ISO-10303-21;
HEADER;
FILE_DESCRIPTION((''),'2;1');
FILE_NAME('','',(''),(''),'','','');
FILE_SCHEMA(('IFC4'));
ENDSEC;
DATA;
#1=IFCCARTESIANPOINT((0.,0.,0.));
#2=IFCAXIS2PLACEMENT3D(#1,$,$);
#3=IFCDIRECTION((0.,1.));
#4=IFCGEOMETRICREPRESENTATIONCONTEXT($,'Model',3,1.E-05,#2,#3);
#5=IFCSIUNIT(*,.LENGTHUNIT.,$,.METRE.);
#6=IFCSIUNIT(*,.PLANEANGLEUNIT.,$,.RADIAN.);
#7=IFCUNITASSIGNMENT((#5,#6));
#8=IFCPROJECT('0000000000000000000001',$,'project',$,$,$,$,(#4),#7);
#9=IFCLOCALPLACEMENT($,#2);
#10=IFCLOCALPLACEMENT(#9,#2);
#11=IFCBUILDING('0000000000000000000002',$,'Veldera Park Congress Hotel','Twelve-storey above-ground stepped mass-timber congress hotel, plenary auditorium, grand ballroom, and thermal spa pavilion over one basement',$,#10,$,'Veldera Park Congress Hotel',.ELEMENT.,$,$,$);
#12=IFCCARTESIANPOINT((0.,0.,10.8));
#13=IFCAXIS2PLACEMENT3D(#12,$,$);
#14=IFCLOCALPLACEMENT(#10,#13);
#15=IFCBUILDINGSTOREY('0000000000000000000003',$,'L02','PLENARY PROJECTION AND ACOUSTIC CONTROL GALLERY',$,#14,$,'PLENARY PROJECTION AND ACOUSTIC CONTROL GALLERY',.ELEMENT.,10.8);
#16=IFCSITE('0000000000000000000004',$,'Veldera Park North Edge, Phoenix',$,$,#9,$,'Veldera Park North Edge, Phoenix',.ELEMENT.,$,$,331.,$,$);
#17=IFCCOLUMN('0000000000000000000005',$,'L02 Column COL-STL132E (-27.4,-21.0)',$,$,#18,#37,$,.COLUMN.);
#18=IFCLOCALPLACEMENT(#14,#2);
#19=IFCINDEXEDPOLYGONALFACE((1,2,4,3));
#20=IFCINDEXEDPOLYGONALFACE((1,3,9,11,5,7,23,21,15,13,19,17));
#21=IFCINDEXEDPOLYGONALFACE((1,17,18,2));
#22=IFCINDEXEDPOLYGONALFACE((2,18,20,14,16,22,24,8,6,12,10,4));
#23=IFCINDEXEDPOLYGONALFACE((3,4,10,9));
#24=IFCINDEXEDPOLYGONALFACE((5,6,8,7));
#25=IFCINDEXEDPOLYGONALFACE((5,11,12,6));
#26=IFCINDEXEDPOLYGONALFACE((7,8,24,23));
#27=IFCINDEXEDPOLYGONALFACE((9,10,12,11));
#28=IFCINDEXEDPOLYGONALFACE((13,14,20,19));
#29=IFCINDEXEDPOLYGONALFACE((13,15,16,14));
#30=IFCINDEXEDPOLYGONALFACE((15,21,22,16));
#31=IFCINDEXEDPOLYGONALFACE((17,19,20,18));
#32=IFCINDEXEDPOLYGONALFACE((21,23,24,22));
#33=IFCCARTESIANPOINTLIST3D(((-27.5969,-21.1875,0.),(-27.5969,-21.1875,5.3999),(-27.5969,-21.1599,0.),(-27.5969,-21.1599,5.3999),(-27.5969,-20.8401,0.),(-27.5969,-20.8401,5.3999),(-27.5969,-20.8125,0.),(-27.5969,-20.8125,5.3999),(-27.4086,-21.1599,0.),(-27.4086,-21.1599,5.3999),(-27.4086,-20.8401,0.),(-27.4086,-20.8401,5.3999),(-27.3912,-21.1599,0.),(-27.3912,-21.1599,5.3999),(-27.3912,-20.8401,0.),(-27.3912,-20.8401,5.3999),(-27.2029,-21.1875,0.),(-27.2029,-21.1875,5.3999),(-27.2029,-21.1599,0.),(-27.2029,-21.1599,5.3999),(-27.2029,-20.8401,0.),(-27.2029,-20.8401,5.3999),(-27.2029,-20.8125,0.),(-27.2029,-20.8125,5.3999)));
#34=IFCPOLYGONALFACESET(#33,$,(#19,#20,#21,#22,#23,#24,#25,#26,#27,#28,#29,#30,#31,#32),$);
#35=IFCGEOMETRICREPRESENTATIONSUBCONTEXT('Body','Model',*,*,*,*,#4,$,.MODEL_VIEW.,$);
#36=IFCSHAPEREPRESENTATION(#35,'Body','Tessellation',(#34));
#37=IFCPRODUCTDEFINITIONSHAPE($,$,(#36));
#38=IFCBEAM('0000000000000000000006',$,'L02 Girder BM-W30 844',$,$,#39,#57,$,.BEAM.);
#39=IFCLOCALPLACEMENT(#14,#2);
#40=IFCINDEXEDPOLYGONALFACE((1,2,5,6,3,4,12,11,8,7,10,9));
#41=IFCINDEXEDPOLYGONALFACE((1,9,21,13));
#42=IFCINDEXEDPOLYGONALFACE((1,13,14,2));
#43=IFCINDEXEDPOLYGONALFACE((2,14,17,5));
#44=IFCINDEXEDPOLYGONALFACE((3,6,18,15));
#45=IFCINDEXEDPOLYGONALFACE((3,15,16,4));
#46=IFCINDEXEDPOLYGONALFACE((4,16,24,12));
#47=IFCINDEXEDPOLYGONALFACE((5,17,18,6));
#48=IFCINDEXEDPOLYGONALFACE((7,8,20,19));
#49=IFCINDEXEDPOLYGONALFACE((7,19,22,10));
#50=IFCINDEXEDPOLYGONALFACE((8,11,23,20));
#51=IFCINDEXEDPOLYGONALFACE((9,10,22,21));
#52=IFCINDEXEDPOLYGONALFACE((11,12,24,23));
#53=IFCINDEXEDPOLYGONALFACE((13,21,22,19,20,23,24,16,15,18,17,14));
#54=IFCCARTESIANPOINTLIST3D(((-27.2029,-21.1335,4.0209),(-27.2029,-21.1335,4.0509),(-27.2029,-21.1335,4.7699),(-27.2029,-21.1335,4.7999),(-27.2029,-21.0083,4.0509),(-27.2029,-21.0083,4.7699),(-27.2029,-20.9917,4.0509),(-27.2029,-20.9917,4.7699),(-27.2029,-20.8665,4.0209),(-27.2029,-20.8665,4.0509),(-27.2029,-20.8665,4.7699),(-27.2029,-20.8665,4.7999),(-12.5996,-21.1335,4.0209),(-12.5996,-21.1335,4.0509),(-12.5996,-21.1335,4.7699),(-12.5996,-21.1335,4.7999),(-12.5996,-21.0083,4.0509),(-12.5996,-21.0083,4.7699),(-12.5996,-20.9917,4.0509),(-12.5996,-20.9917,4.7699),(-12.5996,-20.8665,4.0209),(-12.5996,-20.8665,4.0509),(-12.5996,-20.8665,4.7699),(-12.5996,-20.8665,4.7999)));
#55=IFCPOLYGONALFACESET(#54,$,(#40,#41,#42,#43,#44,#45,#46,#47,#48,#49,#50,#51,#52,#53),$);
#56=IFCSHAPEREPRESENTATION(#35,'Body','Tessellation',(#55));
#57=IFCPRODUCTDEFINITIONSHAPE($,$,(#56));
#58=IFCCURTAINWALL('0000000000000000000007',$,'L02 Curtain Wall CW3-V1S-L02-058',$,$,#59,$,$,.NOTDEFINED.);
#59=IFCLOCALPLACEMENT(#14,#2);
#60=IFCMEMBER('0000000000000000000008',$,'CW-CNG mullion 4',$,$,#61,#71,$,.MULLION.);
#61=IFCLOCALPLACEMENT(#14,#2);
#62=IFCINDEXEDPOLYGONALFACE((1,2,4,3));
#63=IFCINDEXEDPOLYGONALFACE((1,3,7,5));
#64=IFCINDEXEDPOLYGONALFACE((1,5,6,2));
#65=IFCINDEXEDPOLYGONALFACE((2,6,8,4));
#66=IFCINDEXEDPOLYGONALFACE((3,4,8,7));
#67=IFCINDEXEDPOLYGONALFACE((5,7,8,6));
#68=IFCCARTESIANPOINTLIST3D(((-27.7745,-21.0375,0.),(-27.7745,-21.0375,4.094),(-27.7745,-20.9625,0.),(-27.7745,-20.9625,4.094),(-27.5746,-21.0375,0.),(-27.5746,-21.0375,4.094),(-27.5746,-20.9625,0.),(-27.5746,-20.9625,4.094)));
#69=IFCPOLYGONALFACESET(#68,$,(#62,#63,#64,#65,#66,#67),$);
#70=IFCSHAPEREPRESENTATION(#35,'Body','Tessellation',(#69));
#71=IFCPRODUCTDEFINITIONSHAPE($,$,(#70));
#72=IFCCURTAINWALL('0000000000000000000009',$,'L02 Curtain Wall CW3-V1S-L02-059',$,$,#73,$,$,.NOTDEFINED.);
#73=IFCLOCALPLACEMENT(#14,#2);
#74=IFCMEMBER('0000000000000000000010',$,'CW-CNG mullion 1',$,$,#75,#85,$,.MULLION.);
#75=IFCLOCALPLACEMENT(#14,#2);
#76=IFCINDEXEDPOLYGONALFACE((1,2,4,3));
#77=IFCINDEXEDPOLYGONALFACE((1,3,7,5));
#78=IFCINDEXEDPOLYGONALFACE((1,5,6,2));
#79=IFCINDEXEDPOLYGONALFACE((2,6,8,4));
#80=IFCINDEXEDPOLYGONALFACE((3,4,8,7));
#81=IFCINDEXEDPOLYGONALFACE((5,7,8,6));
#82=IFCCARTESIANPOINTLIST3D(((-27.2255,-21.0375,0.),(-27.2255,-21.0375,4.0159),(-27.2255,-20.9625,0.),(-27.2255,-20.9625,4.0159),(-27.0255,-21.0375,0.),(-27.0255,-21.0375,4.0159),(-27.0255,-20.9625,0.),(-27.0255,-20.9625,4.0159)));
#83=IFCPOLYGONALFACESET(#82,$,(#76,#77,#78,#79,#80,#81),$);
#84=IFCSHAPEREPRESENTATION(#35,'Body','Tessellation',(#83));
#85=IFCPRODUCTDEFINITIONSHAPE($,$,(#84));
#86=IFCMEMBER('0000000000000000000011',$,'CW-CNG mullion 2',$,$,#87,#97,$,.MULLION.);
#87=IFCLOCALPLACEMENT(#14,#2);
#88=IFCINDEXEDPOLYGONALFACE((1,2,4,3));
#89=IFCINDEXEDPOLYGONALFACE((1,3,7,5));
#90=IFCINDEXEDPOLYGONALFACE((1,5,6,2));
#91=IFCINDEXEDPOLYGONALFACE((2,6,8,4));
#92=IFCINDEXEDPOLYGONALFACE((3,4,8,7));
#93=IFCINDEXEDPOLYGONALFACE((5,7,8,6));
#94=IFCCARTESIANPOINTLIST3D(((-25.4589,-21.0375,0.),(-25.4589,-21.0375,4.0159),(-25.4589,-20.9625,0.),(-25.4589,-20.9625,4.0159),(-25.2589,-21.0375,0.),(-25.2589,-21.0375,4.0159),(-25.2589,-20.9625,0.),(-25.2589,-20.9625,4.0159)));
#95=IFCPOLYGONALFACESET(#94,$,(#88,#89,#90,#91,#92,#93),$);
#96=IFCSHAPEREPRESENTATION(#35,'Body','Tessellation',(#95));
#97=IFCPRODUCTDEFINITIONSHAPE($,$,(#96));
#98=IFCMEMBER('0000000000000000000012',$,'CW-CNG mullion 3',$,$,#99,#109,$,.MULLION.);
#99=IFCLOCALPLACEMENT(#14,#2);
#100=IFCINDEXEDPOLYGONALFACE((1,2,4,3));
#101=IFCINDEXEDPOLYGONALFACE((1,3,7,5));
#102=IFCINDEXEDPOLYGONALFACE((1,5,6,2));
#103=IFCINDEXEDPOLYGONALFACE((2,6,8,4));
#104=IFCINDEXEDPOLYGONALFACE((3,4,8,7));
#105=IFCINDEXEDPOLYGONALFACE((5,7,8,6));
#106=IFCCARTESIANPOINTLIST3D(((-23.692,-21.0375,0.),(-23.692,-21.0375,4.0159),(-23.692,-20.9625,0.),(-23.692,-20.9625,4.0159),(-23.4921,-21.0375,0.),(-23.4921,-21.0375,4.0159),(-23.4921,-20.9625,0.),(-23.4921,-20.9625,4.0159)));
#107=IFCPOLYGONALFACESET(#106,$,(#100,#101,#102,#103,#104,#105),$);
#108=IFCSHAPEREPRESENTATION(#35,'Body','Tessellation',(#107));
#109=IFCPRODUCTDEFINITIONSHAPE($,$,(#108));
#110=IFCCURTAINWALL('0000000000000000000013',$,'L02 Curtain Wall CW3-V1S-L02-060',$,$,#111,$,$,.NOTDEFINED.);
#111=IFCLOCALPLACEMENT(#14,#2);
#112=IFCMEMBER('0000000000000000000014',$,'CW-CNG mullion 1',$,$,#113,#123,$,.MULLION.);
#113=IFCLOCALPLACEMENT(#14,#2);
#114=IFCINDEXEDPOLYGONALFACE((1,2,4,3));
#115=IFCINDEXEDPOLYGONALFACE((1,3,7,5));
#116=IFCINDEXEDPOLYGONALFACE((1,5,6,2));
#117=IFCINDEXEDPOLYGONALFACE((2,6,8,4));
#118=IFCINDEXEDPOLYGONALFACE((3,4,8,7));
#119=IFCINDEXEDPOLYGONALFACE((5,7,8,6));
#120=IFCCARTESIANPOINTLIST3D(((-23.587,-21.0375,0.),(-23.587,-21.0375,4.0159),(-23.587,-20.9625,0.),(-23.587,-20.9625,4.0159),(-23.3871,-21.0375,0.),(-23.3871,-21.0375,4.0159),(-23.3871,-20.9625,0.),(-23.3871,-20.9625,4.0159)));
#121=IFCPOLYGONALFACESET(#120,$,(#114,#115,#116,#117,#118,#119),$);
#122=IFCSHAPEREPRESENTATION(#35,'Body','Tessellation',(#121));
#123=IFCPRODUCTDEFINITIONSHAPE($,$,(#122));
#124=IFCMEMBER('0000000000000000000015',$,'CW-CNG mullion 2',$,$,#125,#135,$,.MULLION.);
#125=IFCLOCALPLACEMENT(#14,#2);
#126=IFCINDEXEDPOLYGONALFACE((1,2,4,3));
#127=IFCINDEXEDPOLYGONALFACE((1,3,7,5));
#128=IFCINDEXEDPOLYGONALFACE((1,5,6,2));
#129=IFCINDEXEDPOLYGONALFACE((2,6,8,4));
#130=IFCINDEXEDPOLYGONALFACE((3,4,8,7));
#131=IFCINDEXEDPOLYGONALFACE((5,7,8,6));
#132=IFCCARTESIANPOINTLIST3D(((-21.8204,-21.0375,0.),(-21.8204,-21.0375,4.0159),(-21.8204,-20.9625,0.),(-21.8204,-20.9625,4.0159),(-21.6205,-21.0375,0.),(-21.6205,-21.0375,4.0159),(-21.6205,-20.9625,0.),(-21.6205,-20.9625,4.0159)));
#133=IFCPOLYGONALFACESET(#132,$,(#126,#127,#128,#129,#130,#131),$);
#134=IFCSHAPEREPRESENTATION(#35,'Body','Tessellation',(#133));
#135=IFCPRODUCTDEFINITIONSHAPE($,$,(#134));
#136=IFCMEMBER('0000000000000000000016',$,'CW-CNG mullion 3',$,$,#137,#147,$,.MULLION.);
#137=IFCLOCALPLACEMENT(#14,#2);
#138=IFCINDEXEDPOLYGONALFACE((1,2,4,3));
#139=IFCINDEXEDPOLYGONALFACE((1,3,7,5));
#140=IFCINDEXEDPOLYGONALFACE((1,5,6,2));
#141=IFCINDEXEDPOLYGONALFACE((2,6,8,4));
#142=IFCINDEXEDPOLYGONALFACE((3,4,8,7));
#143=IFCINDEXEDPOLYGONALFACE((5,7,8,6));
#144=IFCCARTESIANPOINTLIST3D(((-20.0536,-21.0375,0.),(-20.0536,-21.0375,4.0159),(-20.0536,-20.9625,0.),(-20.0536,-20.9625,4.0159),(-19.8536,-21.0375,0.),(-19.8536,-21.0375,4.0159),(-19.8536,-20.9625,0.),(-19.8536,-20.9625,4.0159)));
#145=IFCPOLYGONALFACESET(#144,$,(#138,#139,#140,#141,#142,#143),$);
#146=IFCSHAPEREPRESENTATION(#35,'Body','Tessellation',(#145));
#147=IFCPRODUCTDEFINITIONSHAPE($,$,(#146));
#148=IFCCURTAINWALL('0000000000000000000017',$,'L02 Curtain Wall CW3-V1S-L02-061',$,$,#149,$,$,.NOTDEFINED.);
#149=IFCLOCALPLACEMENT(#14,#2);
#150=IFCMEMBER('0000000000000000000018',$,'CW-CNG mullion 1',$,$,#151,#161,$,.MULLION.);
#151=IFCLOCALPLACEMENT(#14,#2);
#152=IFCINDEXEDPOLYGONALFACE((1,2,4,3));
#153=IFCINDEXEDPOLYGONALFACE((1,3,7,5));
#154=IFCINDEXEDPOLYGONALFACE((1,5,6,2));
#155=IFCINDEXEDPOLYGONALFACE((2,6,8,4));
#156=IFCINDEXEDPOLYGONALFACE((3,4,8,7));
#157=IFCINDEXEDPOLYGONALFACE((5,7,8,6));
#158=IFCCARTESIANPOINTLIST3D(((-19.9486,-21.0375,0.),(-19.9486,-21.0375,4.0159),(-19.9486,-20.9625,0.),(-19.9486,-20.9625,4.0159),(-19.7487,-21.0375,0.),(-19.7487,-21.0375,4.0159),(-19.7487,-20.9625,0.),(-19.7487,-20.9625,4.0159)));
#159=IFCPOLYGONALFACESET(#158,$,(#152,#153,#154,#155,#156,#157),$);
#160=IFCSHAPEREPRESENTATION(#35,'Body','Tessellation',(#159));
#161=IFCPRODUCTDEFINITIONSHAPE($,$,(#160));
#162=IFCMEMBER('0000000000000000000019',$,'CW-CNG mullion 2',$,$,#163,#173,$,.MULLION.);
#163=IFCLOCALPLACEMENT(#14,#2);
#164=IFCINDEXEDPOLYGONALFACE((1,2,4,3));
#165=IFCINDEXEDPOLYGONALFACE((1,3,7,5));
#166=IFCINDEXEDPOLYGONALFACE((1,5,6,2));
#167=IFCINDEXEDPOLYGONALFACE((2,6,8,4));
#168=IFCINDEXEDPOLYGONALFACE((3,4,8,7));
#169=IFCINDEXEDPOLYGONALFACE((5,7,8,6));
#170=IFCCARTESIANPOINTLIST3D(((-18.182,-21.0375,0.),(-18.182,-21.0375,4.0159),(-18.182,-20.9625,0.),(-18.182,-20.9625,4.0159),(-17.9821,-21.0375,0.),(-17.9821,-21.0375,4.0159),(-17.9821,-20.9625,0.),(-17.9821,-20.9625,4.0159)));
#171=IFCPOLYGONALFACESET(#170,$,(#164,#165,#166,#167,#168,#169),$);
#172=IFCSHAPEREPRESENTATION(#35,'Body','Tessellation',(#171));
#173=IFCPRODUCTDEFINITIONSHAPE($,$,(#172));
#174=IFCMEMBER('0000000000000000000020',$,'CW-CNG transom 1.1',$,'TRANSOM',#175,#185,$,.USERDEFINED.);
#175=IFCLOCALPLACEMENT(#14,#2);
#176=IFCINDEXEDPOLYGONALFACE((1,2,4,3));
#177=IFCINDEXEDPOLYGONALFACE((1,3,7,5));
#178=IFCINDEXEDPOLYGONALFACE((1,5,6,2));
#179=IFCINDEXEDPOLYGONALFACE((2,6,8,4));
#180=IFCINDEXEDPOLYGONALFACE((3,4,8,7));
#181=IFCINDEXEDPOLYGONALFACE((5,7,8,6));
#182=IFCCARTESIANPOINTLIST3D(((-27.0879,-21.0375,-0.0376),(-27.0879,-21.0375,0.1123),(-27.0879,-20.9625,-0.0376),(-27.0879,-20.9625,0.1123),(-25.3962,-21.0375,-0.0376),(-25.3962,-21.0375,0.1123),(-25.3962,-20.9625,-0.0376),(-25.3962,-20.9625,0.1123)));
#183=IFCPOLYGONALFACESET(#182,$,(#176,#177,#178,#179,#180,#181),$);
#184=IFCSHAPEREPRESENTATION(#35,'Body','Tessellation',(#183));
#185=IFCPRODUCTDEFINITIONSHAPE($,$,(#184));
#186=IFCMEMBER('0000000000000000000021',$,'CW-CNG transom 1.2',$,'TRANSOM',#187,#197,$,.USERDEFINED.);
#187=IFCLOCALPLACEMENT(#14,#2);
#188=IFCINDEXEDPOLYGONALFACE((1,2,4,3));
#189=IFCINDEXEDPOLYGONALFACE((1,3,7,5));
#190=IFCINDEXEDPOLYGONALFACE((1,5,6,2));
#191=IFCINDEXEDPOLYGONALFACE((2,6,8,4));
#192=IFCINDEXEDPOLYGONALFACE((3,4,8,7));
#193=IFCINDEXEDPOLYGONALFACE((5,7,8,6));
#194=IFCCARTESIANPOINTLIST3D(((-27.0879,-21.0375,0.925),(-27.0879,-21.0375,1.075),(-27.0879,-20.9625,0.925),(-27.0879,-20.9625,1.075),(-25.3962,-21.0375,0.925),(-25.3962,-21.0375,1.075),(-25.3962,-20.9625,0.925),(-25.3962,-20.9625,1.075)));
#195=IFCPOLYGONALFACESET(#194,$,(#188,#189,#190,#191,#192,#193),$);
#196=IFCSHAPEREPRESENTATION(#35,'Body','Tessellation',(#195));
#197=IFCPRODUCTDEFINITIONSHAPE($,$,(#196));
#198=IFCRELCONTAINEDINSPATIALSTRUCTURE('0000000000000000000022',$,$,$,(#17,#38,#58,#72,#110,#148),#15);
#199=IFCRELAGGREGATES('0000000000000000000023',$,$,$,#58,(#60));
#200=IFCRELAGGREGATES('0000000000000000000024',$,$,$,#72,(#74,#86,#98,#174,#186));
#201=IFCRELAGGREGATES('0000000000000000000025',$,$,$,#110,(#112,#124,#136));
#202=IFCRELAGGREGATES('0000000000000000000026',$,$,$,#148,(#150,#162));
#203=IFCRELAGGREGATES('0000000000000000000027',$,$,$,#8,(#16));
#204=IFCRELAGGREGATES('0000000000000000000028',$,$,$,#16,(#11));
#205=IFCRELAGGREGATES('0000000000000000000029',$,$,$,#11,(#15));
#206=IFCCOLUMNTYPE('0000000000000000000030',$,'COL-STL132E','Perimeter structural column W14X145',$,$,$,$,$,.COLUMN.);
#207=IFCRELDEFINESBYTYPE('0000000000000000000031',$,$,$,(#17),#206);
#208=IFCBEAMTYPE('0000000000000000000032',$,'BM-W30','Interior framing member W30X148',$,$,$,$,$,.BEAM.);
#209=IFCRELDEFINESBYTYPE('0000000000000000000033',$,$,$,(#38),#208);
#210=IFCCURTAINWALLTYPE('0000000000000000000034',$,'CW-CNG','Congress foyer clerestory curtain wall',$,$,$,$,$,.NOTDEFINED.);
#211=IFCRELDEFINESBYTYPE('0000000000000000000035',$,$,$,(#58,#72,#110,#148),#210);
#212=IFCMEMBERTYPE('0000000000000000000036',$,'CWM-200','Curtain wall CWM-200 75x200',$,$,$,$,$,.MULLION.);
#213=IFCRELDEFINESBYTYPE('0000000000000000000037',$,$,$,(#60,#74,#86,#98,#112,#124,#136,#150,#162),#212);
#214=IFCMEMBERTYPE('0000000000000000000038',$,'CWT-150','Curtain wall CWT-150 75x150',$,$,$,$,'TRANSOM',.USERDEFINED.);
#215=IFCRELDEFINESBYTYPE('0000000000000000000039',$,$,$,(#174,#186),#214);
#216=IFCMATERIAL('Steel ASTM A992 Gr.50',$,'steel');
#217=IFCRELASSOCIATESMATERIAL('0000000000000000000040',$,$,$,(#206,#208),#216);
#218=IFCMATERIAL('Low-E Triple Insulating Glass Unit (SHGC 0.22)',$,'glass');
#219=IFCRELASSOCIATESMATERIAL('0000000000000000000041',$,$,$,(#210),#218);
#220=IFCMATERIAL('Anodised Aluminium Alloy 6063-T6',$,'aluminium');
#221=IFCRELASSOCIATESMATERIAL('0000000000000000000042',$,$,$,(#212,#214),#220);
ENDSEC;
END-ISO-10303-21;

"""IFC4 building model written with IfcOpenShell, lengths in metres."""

from ifc_helpers import new_model, si_unit, direction, frame, origin, origin_2d, place, context, subcontext, project, spatial, rectangle, i_section, extrude, material, material_profile, profile_set, type_object, element, aggregate, save


model = new_model("IFC4")

# Units and contexts
model_context = context("Model", 3, precision=1e-05, world=origin(), true_north=direction((0.0, 1.0)))
body_context = subcontext(model_context, "Body", "Model", "MODEL_VIEW")
ifc_project = project(units=[si_unit("LENGTHUNIT", "METRE"), si_unit("PLANEANGLEUNIT", "RADIAN")], contexts=[model_context])

# Site, building, storey
site_placement = place(None, origin())
site = spatial("IfcSite", under=ifc_project, at=site_placement, Name="Veldera Park North Edge, Phoenix", LongName="Veldera Park North Edge, Phoenix", CompositionType="ELEMENT", RefElevation=331.0)
building_placement = place(site_placement, origin())
building = spatial("IfcBuilding", under=site, at=building_placement, Name="Veldera Park Congress Hotel", Description="Twelve-storey above-ground stepped mass-timber congress hotel, plenary auditorium, grand ballroom, and thermal spa pavilion over one basement", LongName="Veldera Park Congress Hotel", CompositionType="ELEMENT")
storey_placement = place(building_placement, frame((0.0, 0.0, 10.8)))
storey = spatial("IfcBuildingStorey", under=building, at=storey_placement, Name="L02", Description="PLENARY PROJECTION AND ACOUSTIC CONTROL GALLERY", LongName="PLENARY PROJECTION AND ACOUSTIC CONTROL GALLERY", CompositionType="ELEMENT", Elevation=10.8)

# Column
ifc_material_1 = material(Name="Steel ASTM A992 Gr.50", Category="steel")
ifc_material_profile_1 = material_profile(ifc_material_1, i_section(OverallWidth=0.394, OverallDepth=0.375, WebThickness=0.0173, FlangeThickness=0.0276, at=origin_2d()), Name="W14X145")
ifc_profile_set_1 = profile_set([ifc_material_profile_1], Name="Steel ASTM A992 Gr.50")
column_type = type_object("IfcColumnType", Name="COL-STL132E", Description="Perimeter structural column W14X145", PredefinedType="COLUMN", material=ifc_profile_set_1)
column_placement = place(storey_placement, frame((-27.3999, -21.0, 0.0), z_axis=(0.0, 0.0, 1.0), x_axis=(1.0, 0.0, 0.0)))
element("IfcColumn", 1, at=column_placement, inside=storey, type_object=column_type, Name="L02 Column COL-STL132E (-27.4,-21.0)", PredefinedType="COLUMN", context=body_context, shape_type="SweptSolid", body=[
    extrude(i_section(OverallWidth=0.394, OverallDepth=0.375, WebThickness=0.0173, FlangeThickness=0.0276, at=origin_2d()), origin(), (0.0, 0.0, 1.0), 5.3999),
])

# Beam
ifc_material_profile_2 = material_profile(ifc_material_1, i_section(OverallWidth=0.2671, OverallDepth=0.7791, WebThickness=0.0166, FlangeThickness=0.03, at=origin_2d()), Name="W30X148")
ifc_profile_set_2 = profile_set([ifc_material_profile_2], Name="Steel ASTM A992 Gr.50")
beam_type = type_object("IfcBeamType", Name="BM-W30", Description="Interior framing member W30X148", PredefinedType="BEAM", material=ifc_profile_set_2)
beam_placement = place(storey_placement, frame((-27.2029, -21.0, 4.4104), z_axis=(1.0, 0.0, 0.0), x_axis=(0.0, 1.0, 0.0)))
element("IfcBeam", 2, at=beam_placement, inside=storey, type_object=beam_type, Name="L02 Girder BM-W30 844", PredefinedType="BEAM", context=body_context, shape_type="SweptSolid", body=[
    extrude(i_section(OverallWidth=0.2671, OverallDepth=0.7791, WebThickness=0.0166, FlangeThickness=0.03, at=origin_2d()), origin(), (0.0, 0.0, 1.0), 14.6033),
])

# Curtain wall, member
ifc_material_2 = material(Name="Low-E Triple Insulating Glass Unit (SHGC 0.22)", Category="glass")
curtain_wall_type = type_object("IfcCurtainWallType", Name="CW-CNG", Description="Congress foyer clerestory curtain wall", PredefinedType="NOTDEFINED", material=ifc_material_2)
curtain_wall_1_placement = place(storey_placement, origin())
curtain_wall_1 = element("IfcCurtainWall", 3, at=curtain_wall_1_placement, inside=storey, type_object=curtain_wall_type, Name="L02 Curtain Wall CW3-V1S-L02-058", PredefinedType="NOTDEFINED")
ifc_material_3 = material(Name="Anodised Aluminium Alloy 6063-T6", Category="aluminium")
ifc_material_profile_3 = material_profile(ifc_material_3, rectangle(XDim=0.075, YDim=0.2, at=origin_2d()), Name="ALU 75x200")
ifc_profile_set_3 = profile_set([ifc_material_profile_3], Name="Anodised Aluminium Alloy 6063-T6")
member_type_1 = type_object("IfcMemberType", Name="CWM-200", Description="Curtain wall CWM-200 75x200", PredefinedType="MULLION", material=ifc_profile_set_3)
member_1_placement = place(storey_placement, frame((-27.6746, -21.0, 0.0), z_axis=(0.0, 0.0, 1.0), x_axis=(0.0, 1.0, 0.0)))
member_1 = element("IfcMember", 4, at=member_1_placement, type_object=member_type_1, Name="CW-CNG mullion 4", PredefinedType="MULLION", context=body_context, shape_type="SweptSolid", body=[
    extrude(rectangle(XDim=0.075, YDim=0.2, at=origin_2d()), origin(), (0.0, 0.0, 1.0), 4.094),
])

# Curtain walls, members
curtain_wall_2_placement = place(storey_placement, origin())
curtain_wall_2 = element("IfcCurtainWall", 5, at=curtain_wall_2_placement, inside=storey, type_object=curtain_wall_type, Name="L02 Curtain Wall CW3-V1S-L02-059", PredefinedType="NOTDEFINED")
member_2_placement = place(storey_placement, frame((-27.1255, -21.0, 0.0), z_axis=(0.0, 0.0, 1.0), x_axis=(0.0, 1.0, 0.0)))
member_2 = element("IfcMember", 6, at=member_2_placement, type_object=member_type_1, Name="CW-CNG mullion 1", PredefinedType="MULLION", context=body_context, shape_type="SweptSolid", body=[
    extrude(rectangle(XDim=0.075, YDim=0.2, at=origin_2d()), origin(), (0.0, 0.0, 1.0), 4.0159),
])
member_3_placement = place(storey_placement, frame((-25.3589, -21.0, 0.0), z_axis=(0.0, 0.0, 1.0), x_axis=(0.0, 1.0, 0.0)))
member_3 = element("IfcMember", 7, at=member_3_placement, type_object=member_type_1, Name="CW-CNG mullion 2", PredefinedType="MULLION", context=body_context, shape_type="SweptSolid", body=[
    extrude(rectangle(XDim=0.075, YDim=0.2, at=origin_2d()), origin(), (0.0, 0.0, 1.0), 4.0159),
])
member_4_placement = place(storey_placement, frame((-23.592, -21.0, 0.0), z_axis=(0.0, 0.0, 1.0), x_axis=(0.0, 1.0, 0.0)))
member_4 = element("IfcMember", 8, at=member_4_placement, type_object=member_type_1, Name="CW-CNG mullion 3", PredefinedType="MULLION", context=body_context, shape_type="SweptSolid", body=[
    extrude(rectangle(XDim=0.075, YDim=0.2, at=origin_2d()), origin(), (0.0, 0.0, 1.0), 4.0159),
])
curtain_wall_3_placement = place(storey_placement, origin())
curtain_wall_3 = element("IfcCurtainWall", 9, at=curtain_wall_3_placement, inside=storey, type_object=curtain_wall_type, Name="L02 Curtain Wall CW3-V1S-L02-060", PredefinedType="NOTDEFINED")
member_5_placement = place(storey_placement, frame((-23.4871, -21.0, 0.0), z_axis=(0.0, 0.0, 1.0), x_axis=(0.0, 1.0, 0.0)))
member_5 = element("IfcMember", 10, at=member_5_placement, type_object=member_type_1, Name="CW-CNG mullion 1", PredefinedType="MULLION", context=body_context, shape_type="SweptSolid", body=[
    extrude(rectangle(XDim=0.075, YDim=0.2, at=origin_2d()), origin(), (0.0, 0.0, 1.0), 4.0159),
])
member_6_placement = place(storey_placement, frame((-21.7205, -21.0, 0.0), z_axis=(0.0, 0.0, 1.0), x_axis=(0.0, 1.0, 0.0)))
member_6 = element("IfcMember", 11, at=member_6_placement, type_object=member_type_1, Name="CW-CNG mullion 2", PredefinedType="MULLION", context=body_context, shape_type="SweptSolid", body=[
    extrude(rectangle(XDim=0.075, YDim=0.2, at=origin_2d()), origin(), (0.0, 0.0, 1.0), 4.0159),
])
member_7_placement = place(storey_placement, frame((-19.9536, -21.0, 0.0), z_axis=(0.0, 0.0, 1.0), x_axis=(0.0, 1.0, 0.0)))
member_7 = element("IfcMember", 12, at=member_7_placement, type_object=member_type_1, Name="CW-CNG mullion 3", PredefinedType="MULLION", context=body_context, shape_type="SweptSolid", body=[
    extrude(rectangle(XDim=0.075, YDim=0.2, at=origin_2d()), origin(), (0.0, 0.0, 1.0), 4.0159),
])
curtain_wall_4_placement = place(storey_placement, origin())
curtain_wall_4 = element("IfcCurtainWall", 13, at=curtain_wall_4_placement, inside=storey, type_object=curtain_wall_type, Name="L02 Curtain Wall CW3-V1S-L02-061", PredefinedType="NOTDEFINED")
member_8_placement = place(storey_placement, frame((-19.8486, -21.0, 0.0), z_axis=(0.0, 0.0, 1.0), x_axis=(0.0, 1.0, 0.0)))
member_8 = element("IfcMember", 14, at=member_8_placement, type_object=member_type_1, Name="CW-CNG mullion 1", PredefinedType="MULLION", context=body_context, shape_type="SweptSolid", body=[
    extrude(rectangle(XDim=0.075, YDim=0.2, at=origin_2d()), origin(), (0.0, 0.0, 1.0), 4.0159),
])
member_9_placement = place(storey_placement, frame((-18.082, -21.0, 0.0), z_axis=(0.0, 0.0, 1.0), x_axis=(0.0, 1.0, 0.0)))
member_9 = element("IfcMember", 15, at=member_9_placement, type_object=member_type_1, Name="CW-CNG mullion 2", PredefinedType="MULLION", context=body_context, shape_type="SweptSolid", body=[
    extrude(rectangle(XDim=0.075, YDim=0.2, at=origin_2d()), origin(), (0.0, 0.0, 1.0), 4.0159),
])

# Members
ifc_material_profile_4 = material_profile(ifc_material_3, rectangle(XDim=0.075, YDim=0.1499, at=origin_2d()), Name="ALU 75x150")
ifc_profile_set_4 = profile_set([ifc_material_profile_4], Name="Anodised Aluminium Alloy 6063-T6")
member_type_2 = type_object("IfcMemberType", Name="CWT-150", Description="Curtain wall CWT-150 75x150", ElementType="TRANSOM", PredefinedType="USERDEFINED", material=ifc_profile_set_4)
member_10_placement = place(storey_placement, frame((-27.0879, -21.0, 0.0374), z_axis=(1.0, 0.0, 0.0), x_axis=(0.0, 1.0, 0.0)))
member_10 = element("IfcMember", 16, at=member_10_placement, type_object=member_type_2, Name="CW-CNG transom 1.1", ObjectType="TRANSOM", PredefinedType="USERDEFINED", context=body_context, shape_type="SweptSolid", body=[
    extrude(rectangle(XDim=0.075, YDim=0.1499, at=origin_2d()), origin(), (0.0, 0.0, 1.0), 1.6917),
])
member_11_placement = place(storey_placement, frame((-27.0879, -21.0, 1.0), z_axis=(1.0, 0.0, 0.0), x_axis=(0.0, 1.0, 0.0)))
member_11 = element("IfcMember", 17, at=member_11_placement, type_object=member_type_2, Name="CW-CNG transom 1.2", ObjectType="TRANSOM", PredefinedType="USERDEFINED", context=body_context, shape_type="SweptSolid", body=[
    extrude(rectangle(XDim=0.075, YDim=0.1499, at=origin_2d()), origin(), (0.0, 0.0, 1.0), 1.6917),
])

aggregate(curtain_wall_1, [member_1])
aggregate(curtain_wall_2, [member_2, member_3, member_4, member_10, member_11])
aggregate(curtain_wall_3, [member_5, member_6, member_7])
aggregate(curtain_wall_4, [member_8, member_9])

save(model, "model.ifc")
